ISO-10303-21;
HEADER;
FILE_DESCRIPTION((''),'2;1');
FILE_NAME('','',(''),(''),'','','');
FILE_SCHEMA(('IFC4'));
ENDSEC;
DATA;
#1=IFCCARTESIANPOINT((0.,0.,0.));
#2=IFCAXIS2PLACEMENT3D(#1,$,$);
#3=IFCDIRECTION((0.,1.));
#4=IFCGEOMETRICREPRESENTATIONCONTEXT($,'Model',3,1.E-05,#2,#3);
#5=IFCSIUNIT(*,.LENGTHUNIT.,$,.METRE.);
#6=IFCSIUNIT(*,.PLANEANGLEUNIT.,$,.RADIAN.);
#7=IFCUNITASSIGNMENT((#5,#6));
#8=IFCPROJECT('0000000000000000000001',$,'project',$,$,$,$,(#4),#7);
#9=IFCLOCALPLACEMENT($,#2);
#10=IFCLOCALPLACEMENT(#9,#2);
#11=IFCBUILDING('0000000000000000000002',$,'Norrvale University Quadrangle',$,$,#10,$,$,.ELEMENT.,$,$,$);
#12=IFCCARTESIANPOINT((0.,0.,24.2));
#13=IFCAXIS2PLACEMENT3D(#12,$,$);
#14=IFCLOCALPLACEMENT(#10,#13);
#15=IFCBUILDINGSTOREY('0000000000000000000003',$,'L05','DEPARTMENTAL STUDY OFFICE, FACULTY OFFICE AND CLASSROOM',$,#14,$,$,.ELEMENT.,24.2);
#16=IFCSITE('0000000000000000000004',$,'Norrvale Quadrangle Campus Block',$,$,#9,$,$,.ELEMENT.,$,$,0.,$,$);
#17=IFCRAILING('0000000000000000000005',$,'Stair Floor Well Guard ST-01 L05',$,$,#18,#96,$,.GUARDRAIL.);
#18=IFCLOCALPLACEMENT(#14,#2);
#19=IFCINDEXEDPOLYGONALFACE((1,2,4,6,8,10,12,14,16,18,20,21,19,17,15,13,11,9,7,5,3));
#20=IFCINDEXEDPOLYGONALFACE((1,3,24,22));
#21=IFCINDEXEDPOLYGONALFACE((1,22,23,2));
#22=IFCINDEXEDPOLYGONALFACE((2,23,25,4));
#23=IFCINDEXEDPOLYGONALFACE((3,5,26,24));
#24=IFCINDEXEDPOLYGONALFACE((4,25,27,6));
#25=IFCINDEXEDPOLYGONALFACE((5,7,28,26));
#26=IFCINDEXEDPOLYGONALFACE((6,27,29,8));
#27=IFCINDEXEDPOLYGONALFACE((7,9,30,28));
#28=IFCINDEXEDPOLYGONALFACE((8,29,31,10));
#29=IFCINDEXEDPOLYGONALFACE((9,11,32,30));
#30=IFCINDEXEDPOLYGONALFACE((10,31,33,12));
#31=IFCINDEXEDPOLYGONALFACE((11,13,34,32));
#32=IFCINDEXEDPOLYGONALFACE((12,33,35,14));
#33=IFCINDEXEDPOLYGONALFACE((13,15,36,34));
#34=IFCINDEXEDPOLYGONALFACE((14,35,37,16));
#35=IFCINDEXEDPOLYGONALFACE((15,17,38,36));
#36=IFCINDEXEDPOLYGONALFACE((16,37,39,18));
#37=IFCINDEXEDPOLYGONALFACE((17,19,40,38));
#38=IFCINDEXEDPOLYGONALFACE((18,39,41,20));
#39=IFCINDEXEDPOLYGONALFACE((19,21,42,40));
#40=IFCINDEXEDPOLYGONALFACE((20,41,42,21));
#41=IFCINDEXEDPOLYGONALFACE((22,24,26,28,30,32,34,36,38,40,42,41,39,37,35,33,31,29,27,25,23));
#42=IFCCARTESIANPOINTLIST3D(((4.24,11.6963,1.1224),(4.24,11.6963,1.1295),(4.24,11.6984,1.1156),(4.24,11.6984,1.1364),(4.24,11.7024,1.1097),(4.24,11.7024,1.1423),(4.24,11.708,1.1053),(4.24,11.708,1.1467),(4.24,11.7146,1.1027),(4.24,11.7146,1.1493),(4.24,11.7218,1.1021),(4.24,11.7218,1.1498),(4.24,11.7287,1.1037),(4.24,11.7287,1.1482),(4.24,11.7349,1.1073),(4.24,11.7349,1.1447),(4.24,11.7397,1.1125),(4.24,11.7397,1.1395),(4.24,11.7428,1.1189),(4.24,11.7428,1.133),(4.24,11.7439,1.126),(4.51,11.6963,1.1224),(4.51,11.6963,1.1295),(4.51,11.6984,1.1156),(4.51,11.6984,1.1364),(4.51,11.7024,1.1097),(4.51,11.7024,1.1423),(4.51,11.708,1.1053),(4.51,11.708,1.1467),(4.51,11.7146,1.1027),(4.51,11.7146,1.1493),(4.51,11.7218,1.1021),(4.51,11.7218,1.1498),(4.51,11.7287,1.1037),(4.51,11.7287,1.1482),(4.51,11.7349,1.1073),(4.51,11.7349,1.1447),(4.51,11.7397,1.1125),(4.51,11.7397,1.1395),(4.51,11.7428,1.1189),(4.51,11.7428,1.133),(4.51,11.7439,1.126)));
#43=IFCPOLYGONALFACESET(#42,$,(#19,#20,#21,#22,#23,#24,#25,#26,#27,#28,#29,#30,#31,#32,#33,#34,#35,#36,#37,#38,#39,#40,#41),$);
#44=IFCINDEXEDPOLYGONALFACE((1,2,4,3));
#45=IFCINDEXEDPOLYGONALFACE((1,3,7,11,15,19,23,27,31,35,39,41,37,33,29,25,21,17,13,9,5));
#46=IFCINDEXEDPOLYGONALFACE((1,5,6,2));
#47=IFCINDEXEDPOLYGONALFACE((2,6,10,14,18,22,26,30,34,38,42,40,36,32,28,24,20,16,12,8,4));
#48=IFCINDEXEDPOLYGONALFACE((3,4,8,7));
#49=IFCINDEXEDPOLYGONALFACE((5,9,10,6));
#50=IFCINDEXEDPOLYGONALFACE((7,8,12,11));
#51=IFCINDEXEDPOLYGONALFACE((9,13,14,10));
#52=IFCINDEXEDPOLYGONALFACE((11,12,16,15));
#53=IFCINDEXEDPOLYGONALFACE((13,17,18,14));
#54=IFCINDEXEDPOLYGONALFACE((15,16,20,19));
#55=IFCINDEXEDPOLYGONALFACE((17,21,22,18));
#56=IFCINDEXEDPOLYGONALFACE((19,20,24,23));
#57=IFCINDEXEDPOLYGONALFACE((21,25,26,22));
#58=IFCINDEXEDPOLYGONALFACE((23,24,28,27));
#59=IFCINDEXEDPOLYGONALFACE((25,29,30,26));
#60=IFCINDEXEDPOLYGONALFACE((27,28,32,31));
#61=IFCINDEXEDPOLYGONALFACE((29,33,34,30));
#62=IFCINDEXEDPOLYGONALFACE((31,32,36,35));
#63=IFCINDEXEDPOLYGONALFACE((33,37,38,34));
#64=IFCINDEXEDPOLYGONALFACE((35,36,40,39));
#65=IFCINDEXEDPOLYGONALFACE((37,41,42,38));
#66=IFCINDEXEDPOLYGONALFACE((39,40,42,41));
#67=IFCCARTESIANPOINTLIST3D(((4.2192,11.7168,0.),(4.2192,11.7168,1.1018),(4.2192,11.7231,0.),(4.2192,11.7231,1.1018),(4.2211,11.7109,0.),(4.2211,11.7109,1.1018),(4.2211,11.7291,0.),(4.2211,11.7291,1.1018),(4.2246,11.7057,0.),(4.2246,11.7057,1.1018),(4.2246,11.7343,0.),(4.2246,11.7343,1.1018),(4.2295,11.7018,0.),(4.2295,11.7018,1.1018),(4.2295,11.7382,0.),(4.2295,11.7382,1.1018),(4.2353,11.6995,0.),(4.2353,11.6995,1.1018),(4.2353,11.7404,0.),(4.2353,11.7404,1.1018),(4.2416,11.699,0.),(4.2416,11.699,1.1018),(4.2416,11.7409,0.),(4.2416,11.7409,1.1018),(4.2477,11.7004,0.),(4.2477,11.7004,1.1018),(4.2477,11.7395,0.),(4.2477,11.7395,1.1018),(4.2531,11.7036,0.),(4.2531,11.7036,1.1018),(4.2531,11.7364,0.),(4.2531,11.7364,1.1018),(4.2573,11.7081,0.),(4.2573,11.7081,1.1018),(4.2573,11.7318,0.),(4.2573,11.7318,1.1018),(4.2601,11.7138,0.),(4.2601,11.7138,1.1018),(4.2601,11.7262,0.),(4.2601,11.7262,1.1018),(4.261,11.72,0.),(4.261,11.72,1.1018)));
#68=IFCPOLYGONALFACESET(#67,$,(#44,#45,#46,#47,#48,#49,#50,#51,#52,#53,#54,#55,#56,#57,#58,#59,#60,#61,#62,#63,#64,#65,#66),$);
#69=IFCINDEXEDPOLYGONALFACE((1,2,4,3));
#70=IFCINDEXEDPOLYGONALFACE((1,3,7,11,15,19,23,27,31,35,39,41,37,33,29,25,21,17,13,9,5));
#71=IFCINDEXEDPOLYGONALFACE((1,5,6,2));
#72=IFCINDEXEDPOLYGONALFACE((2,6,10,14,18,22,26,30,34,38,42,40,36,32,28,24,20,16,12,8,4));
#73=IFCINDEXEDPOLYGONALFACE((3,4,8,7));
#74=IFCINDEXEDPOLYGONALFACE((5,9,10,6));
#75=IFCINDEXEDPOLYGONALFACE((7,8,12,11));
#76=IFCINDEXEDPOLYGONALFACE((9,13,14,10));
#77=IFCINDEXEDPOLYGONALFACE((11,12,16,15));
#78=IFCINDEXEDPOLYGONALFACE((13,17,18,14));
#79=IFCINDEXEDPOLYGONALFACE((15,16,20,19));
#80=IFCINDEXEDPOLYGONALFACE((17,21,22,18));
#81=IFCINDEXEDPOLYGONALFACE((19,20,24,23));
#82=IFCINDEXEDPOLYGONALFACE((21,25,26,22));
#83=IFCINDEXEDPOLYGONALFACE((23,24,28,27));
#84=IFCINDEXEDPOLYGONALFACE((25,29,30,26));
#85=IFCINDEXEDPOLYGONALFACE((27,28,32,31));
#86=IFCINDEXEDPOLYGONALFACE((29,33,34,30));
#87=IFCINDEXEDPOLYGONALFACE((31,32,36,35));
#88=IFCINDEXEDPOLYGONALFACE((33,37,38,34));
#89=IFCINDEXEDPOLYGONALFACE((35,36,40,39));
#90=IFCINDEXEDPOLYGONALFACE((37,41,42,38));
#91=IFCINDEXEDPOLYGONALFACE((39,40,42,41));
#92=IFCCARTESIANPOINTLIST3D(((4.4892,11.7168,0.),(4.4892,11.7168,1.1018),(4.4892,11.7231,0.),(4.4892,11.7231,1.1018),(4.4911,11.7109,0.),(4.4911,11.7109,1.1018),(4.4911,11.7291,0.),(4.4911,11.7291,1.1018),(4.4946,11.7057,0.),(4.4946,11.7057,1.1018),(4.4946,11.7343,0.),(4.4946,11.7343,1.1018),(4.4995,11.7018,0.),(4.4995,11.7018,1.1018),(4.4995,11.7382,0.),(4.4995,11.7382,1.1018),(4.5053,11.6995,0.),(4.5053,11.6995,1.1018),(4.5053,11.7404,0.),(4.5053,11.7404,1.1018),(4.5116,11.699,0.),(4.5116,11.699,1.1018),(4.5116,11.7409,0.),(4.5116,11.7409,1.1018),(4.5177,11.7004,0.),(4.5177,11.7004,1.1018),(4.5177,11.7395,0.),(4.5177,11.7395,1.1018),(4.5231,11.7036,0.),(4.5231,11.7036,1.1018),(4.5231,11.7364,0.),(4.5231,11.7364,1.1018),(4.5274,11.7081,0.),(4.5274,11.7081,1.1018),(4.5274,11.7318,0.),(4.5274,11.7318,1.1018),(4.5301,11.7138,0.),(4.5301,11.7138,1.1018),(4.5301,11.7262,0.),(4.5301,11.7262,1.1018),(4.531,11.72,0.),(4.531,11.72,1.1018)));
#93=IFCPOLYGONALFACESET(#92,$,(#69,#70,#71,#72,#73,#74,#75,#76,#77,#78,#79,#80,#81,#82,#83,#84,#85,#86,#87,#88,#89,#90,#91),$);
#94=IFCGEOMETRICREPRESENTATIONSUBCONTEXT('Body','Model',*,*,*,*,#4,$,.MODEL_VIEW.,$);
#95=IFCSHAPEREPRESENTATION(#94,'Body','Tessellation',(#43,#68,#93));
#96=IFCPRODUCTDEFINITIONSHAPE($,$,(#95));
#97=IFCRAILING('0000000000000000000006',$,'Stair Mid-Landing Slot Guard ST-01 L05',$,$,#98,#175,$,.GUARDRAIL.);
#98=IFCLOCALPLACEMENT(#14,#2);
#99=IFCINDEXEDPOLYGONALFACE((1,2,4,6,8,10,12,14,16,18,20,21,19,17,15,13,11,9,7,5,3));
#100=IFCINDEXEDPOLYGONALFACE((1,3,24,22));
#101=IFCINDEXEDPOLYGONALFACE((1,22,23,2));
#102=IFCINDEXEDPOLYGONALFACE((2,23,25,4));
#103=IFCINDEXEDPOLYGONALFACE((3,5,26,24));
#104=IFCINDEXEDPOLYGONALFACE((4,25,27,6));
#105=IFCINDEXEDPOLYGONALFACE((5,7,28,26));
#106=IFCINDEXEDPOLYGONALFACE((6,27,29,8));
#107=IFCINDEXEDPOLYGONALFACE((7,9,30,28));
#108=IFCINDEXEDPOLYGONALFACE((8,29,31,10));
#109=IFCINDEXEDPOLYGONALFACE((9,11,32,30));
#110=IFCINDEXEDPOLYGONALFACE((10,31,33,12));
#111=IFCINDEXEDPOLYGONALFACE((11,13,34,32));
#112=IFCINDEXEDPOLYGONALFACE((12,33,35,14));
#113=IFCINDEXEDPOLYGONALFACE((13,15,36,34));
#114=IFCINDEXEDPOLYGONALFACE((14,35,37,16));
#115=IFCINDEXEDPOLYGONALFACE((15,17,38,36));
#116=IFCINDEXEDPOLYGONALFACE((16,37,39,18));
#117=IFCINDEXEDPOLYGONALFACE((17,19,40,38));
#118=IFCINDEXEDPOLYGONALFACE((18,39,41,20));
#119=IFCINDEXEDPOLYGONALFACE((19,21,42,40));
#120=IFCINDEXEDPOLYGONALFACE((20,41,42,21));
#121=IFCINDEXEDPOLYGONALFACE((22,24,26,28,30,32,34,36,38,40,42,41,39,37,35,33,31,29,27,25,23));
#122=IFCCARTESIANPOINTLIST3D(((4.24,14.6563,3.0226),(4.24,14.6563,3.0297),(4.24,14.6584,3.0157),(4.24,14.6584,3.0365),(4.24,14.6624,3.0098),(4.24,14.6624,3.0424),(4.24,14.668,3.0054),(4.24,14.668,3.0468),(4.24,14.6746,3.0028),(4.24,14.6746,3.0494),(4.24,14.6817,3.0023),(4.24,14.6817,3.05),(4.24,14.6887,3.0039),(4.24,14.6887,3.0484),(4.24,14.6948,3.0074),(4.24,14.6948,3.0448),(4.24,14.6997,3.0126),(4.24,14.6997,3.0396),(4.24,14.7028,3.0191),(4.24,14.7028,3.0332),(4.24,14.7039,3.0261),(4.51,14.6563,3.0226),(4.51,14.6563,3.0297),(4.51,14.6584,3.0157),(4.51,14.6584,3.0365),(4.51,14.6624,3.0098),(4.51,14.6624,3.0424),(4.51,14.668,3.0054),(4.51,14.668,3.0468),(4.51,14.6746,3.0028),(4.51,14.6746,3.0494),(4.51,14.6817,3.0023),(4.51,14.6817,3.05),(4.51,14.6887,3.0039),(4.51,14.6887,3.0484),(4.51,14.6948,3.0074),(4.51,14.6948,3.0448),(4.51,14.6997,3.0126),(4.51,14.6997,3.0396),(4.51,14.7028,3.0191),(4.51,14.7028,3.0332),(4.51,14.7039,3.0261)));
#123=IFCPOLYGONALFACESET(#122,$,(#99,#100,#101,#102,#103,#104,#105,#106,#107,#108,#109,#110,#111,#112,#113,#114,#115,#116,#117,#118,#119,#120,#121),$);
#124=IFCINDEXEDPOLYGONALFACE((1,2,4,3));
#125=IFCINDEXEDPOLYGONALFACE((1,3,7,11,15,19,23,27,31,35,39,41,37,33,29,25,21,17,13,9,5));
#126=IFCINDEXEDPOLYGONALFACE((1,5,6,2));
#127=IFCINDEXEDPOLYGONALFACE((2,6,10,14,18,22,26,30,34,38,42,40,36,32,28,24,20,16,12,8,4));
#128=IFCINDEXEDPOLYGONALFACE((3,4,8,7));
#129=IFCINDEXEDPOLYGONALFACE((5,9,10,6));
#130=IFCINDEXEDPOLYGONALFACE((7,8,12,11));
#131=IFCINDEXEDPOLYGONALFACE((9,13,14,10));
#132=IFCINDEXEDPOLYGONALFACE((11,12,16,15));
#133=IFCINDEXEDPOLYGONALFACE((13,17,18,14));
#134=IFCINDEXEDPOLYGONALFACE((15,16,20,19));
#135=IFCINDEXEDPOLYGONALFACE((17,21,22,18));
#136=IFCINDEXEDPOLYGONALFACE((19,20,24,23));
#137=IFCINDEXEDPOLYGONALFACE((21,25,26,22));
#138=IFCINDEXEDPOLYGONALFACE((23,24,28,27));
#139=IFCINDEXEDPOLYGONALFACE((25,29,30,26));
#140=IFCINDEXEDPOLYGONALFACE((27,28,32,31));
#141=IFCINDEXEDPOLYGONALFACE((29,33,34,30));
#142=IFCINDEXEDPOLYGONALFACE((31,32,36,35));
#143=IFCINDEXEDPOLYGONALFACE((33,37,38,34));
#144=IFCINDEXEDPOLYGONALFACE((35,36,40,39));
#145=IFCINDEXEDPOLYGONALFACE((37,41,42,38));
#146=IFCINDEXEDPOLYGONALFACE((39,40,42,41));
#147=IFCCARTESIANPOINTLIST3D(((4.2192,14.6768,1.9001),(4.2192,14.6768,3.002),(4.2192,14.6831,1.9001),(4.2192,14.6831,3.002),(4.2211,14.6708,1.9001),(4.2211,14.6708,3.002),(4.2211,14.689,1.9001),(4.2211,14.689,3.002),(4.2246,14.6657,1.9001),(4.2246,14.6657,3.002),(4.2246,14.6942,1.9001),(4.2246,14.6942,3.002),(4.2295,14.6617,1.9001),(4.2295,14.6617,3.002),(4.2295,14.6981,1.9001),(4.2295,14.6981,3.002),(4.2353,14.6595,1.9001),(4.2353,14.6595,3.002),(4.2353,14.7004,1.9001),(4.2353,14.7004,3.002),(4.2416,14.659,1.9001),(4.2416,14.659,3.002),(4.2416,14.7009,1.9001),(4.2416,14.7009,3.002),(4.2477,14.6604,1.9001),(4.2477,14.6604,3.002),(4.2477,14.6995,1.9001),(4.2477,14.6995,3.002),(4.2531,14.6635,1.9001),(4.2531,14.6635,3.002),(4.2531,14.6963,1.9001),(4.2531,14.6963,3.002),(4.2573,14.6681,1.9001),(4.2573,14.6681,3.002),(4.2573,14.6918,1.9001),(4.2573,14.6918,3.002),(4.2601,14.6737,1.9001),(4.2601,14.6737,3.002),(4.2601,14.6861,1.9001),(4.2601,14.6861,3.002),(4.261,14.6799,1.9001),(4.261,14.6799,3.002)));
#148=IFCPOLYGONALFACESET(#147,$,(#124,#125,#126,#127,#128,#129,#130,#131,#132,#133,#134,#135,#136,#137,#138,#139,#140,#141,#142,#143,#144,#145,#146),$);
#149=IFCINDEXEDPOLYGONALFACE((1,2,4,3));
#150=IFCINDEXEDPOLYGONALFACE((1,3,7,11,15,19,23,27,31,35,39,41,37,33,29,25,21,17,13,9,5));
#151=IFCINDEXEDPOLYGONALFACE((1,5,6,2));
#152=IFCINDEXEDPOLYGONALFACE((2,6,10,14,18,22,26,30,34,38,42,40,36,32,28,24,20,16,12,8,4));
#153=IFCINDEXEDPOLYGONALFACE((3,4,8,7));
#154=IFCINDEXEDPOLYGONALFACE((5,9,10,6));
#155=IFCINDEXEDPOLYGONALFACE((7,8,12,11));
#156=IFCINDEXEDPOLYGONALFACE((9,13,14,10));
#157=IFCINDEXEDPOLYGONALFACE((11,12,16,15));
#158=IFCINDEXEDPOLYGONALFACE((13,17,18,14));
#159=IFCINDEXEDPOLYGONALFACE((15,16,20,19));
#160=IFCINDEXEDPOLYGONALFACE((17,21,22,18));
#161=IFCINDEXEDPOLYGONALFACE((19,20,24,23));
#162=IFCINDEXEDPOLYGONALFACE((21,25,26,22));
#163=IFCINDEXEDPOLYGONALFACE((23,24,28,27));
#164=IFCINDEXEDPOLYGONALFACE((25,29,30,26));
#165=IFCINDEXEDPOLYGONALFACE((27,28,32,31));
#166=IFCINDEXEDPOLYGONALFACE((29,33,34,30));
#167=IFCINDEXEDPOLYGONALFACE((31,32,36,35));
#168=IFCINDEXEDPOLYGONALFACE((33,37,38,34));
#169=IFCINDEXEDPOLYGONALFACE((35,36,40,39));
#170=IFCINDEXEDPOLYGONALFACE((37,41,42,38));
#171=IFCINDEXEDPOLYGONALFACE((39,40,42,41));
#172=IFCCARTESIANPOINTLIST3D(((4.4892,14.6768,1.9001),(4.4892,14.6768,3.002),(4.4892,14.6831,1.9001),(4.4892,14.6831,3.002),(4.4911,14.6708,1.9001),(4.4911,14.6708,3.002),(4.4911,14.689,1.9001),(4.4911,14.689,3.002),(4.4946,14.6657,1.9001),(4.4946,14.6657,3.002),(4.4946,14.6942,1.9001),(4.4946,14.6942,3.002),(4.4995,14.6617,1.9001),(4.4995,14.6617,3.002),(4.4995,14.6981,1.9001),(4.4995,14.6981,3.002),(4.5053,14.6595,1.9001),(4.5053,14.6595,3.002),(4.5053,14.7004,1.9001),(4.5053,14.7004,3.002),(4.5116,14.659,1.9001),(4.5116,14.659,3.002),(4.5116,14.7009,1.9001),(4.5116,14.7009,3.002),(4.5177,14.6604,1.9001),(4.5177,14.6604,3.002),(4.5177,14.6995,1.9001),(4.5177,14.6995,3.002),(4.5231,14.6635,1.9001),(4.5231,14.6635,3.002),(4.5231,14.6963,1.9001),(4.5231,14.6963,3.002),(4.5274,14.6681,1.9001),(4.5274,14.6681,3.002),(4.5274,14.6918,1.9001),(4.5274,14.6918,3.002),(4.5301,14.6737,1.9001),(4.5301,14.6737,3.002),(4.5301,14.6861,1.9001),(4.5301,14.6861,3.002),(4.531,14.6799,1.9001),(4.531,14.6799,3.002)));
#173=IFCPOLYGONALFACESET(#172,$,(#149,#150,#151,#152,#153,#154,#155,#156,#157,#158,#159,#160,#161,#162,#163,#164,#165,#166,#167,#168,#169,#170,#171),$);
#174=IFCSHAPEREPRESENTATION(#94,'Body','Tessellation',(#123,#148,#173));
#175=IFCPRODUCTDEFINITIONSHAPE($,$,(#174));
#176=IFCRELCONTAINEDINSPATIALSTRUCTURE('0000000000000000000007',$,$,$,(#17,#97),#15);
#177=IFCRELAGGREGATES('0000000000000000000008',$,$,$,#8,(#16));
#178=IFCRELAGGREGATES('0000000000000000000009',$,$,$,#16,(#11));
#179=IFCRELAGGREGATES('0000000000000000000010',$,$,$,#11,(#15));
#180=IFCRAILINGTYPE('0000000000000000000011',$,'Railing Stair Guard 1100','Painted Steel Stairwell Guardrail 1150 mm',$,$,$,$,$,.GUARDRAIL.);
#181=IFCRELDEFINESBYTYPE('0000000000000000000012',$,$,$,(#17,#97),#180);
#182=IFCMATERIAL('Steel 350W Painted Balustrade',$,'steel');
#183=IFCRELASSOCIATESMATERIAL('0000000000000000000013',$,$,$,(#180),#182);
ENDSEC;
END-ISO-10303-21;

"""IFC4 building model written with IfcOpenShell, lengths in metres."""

from ifc_helpers import new_model, si_unit, direction, frame, origin, origin_2d, place, context, subcontext, project, spatial, circle, extrude, material, type_object, element, save


model = new_model("IFC4")

# Units and contexts
model_context = context("Model", 3, precision=1e-05, world=origin(), true_north=direction((0.0, 1.0)))
body_context = subcontext(model_context, "Body", "Model", "MODEL_VIEW")
ifc_project = project(units=[si_unit("LENGTHUNIT", "METRE"), si_unit("PLANEANGLEUNIT", "RADIAN")], contexts=[model_context])

# Site, building, storey
site_placement = place(None, origin())
site = spatial("IfcSite", under=ifc_project, at=site_placement, Name="Norrvale Quadrangle Campus Block", CompositionType="ELEMENT", RefElevation=0.0)
building_placement = place(site_placement, origin())
building = spatial("IfcBuilding", under=site, at=building_placement, Name="Norrvale University Quadrangle", CompositionType="ELEMENT")
storey_placement = place(building_placement, frame((0.0, 0.0, 24.2)))
storey = spatial("IfcBuildingStorey", under=building, at=storey_placement, Name="L05", Description="DEPARTMENTAL STUDY OFFICE, FACULTY OFFICE AND CLASSROOM", CompositionType="ELEMENT", Elevation=24.2)

# Railings
ifc_material_1 = material(Name="Steel 350W Painted Balustrade", Category="steel")
railing_type_1 = type_object("IfcRailingType", Name="Railing Stair Guard 1100", Description="Painted Steel Stairwell Guardrail 1150 mm", PredefinedType="GUARDRAIL", material=ifc_material_1)
for number, where, name in (
    (1, (4.24, 11.72, 0.0), "Stair Floor Well Guard ST-01 L05"),
    (2, (4.24, 14.6799, 1.9001), "Stair Mid-Landing Slot Guard ST-01 L05"),
):
    element("IfcRailing", number, at=place(storey_placement, frame(where)), inside=storey, type_object=railing_type_1, Name=name, PredefinedType="GUARDRAIL", context=body_context, shape_type="SweptSolid", body=[
        extrude(circle(Radius=0.0239, at=origin_2d()), frame((0.0, 0.0, 1.126), z_axis=(1.0, 0.0, 0.0), x_axis=(0.0, 1.0, 0.0)), (0.0, 0.0, 1.0), 0.27),
        extrude(circle(Radius=0.021, at=origin_2d()), origin(), (0.0, 0.0, 1.0), 1.1018),
        extrude(circle(Radius=0.021, at=origin_2d()), frame((0.27, 0.0, 0.0)), (0.0, 0.0, 1.0), 1.1018),
    ])

save(model, "model.ifc")
